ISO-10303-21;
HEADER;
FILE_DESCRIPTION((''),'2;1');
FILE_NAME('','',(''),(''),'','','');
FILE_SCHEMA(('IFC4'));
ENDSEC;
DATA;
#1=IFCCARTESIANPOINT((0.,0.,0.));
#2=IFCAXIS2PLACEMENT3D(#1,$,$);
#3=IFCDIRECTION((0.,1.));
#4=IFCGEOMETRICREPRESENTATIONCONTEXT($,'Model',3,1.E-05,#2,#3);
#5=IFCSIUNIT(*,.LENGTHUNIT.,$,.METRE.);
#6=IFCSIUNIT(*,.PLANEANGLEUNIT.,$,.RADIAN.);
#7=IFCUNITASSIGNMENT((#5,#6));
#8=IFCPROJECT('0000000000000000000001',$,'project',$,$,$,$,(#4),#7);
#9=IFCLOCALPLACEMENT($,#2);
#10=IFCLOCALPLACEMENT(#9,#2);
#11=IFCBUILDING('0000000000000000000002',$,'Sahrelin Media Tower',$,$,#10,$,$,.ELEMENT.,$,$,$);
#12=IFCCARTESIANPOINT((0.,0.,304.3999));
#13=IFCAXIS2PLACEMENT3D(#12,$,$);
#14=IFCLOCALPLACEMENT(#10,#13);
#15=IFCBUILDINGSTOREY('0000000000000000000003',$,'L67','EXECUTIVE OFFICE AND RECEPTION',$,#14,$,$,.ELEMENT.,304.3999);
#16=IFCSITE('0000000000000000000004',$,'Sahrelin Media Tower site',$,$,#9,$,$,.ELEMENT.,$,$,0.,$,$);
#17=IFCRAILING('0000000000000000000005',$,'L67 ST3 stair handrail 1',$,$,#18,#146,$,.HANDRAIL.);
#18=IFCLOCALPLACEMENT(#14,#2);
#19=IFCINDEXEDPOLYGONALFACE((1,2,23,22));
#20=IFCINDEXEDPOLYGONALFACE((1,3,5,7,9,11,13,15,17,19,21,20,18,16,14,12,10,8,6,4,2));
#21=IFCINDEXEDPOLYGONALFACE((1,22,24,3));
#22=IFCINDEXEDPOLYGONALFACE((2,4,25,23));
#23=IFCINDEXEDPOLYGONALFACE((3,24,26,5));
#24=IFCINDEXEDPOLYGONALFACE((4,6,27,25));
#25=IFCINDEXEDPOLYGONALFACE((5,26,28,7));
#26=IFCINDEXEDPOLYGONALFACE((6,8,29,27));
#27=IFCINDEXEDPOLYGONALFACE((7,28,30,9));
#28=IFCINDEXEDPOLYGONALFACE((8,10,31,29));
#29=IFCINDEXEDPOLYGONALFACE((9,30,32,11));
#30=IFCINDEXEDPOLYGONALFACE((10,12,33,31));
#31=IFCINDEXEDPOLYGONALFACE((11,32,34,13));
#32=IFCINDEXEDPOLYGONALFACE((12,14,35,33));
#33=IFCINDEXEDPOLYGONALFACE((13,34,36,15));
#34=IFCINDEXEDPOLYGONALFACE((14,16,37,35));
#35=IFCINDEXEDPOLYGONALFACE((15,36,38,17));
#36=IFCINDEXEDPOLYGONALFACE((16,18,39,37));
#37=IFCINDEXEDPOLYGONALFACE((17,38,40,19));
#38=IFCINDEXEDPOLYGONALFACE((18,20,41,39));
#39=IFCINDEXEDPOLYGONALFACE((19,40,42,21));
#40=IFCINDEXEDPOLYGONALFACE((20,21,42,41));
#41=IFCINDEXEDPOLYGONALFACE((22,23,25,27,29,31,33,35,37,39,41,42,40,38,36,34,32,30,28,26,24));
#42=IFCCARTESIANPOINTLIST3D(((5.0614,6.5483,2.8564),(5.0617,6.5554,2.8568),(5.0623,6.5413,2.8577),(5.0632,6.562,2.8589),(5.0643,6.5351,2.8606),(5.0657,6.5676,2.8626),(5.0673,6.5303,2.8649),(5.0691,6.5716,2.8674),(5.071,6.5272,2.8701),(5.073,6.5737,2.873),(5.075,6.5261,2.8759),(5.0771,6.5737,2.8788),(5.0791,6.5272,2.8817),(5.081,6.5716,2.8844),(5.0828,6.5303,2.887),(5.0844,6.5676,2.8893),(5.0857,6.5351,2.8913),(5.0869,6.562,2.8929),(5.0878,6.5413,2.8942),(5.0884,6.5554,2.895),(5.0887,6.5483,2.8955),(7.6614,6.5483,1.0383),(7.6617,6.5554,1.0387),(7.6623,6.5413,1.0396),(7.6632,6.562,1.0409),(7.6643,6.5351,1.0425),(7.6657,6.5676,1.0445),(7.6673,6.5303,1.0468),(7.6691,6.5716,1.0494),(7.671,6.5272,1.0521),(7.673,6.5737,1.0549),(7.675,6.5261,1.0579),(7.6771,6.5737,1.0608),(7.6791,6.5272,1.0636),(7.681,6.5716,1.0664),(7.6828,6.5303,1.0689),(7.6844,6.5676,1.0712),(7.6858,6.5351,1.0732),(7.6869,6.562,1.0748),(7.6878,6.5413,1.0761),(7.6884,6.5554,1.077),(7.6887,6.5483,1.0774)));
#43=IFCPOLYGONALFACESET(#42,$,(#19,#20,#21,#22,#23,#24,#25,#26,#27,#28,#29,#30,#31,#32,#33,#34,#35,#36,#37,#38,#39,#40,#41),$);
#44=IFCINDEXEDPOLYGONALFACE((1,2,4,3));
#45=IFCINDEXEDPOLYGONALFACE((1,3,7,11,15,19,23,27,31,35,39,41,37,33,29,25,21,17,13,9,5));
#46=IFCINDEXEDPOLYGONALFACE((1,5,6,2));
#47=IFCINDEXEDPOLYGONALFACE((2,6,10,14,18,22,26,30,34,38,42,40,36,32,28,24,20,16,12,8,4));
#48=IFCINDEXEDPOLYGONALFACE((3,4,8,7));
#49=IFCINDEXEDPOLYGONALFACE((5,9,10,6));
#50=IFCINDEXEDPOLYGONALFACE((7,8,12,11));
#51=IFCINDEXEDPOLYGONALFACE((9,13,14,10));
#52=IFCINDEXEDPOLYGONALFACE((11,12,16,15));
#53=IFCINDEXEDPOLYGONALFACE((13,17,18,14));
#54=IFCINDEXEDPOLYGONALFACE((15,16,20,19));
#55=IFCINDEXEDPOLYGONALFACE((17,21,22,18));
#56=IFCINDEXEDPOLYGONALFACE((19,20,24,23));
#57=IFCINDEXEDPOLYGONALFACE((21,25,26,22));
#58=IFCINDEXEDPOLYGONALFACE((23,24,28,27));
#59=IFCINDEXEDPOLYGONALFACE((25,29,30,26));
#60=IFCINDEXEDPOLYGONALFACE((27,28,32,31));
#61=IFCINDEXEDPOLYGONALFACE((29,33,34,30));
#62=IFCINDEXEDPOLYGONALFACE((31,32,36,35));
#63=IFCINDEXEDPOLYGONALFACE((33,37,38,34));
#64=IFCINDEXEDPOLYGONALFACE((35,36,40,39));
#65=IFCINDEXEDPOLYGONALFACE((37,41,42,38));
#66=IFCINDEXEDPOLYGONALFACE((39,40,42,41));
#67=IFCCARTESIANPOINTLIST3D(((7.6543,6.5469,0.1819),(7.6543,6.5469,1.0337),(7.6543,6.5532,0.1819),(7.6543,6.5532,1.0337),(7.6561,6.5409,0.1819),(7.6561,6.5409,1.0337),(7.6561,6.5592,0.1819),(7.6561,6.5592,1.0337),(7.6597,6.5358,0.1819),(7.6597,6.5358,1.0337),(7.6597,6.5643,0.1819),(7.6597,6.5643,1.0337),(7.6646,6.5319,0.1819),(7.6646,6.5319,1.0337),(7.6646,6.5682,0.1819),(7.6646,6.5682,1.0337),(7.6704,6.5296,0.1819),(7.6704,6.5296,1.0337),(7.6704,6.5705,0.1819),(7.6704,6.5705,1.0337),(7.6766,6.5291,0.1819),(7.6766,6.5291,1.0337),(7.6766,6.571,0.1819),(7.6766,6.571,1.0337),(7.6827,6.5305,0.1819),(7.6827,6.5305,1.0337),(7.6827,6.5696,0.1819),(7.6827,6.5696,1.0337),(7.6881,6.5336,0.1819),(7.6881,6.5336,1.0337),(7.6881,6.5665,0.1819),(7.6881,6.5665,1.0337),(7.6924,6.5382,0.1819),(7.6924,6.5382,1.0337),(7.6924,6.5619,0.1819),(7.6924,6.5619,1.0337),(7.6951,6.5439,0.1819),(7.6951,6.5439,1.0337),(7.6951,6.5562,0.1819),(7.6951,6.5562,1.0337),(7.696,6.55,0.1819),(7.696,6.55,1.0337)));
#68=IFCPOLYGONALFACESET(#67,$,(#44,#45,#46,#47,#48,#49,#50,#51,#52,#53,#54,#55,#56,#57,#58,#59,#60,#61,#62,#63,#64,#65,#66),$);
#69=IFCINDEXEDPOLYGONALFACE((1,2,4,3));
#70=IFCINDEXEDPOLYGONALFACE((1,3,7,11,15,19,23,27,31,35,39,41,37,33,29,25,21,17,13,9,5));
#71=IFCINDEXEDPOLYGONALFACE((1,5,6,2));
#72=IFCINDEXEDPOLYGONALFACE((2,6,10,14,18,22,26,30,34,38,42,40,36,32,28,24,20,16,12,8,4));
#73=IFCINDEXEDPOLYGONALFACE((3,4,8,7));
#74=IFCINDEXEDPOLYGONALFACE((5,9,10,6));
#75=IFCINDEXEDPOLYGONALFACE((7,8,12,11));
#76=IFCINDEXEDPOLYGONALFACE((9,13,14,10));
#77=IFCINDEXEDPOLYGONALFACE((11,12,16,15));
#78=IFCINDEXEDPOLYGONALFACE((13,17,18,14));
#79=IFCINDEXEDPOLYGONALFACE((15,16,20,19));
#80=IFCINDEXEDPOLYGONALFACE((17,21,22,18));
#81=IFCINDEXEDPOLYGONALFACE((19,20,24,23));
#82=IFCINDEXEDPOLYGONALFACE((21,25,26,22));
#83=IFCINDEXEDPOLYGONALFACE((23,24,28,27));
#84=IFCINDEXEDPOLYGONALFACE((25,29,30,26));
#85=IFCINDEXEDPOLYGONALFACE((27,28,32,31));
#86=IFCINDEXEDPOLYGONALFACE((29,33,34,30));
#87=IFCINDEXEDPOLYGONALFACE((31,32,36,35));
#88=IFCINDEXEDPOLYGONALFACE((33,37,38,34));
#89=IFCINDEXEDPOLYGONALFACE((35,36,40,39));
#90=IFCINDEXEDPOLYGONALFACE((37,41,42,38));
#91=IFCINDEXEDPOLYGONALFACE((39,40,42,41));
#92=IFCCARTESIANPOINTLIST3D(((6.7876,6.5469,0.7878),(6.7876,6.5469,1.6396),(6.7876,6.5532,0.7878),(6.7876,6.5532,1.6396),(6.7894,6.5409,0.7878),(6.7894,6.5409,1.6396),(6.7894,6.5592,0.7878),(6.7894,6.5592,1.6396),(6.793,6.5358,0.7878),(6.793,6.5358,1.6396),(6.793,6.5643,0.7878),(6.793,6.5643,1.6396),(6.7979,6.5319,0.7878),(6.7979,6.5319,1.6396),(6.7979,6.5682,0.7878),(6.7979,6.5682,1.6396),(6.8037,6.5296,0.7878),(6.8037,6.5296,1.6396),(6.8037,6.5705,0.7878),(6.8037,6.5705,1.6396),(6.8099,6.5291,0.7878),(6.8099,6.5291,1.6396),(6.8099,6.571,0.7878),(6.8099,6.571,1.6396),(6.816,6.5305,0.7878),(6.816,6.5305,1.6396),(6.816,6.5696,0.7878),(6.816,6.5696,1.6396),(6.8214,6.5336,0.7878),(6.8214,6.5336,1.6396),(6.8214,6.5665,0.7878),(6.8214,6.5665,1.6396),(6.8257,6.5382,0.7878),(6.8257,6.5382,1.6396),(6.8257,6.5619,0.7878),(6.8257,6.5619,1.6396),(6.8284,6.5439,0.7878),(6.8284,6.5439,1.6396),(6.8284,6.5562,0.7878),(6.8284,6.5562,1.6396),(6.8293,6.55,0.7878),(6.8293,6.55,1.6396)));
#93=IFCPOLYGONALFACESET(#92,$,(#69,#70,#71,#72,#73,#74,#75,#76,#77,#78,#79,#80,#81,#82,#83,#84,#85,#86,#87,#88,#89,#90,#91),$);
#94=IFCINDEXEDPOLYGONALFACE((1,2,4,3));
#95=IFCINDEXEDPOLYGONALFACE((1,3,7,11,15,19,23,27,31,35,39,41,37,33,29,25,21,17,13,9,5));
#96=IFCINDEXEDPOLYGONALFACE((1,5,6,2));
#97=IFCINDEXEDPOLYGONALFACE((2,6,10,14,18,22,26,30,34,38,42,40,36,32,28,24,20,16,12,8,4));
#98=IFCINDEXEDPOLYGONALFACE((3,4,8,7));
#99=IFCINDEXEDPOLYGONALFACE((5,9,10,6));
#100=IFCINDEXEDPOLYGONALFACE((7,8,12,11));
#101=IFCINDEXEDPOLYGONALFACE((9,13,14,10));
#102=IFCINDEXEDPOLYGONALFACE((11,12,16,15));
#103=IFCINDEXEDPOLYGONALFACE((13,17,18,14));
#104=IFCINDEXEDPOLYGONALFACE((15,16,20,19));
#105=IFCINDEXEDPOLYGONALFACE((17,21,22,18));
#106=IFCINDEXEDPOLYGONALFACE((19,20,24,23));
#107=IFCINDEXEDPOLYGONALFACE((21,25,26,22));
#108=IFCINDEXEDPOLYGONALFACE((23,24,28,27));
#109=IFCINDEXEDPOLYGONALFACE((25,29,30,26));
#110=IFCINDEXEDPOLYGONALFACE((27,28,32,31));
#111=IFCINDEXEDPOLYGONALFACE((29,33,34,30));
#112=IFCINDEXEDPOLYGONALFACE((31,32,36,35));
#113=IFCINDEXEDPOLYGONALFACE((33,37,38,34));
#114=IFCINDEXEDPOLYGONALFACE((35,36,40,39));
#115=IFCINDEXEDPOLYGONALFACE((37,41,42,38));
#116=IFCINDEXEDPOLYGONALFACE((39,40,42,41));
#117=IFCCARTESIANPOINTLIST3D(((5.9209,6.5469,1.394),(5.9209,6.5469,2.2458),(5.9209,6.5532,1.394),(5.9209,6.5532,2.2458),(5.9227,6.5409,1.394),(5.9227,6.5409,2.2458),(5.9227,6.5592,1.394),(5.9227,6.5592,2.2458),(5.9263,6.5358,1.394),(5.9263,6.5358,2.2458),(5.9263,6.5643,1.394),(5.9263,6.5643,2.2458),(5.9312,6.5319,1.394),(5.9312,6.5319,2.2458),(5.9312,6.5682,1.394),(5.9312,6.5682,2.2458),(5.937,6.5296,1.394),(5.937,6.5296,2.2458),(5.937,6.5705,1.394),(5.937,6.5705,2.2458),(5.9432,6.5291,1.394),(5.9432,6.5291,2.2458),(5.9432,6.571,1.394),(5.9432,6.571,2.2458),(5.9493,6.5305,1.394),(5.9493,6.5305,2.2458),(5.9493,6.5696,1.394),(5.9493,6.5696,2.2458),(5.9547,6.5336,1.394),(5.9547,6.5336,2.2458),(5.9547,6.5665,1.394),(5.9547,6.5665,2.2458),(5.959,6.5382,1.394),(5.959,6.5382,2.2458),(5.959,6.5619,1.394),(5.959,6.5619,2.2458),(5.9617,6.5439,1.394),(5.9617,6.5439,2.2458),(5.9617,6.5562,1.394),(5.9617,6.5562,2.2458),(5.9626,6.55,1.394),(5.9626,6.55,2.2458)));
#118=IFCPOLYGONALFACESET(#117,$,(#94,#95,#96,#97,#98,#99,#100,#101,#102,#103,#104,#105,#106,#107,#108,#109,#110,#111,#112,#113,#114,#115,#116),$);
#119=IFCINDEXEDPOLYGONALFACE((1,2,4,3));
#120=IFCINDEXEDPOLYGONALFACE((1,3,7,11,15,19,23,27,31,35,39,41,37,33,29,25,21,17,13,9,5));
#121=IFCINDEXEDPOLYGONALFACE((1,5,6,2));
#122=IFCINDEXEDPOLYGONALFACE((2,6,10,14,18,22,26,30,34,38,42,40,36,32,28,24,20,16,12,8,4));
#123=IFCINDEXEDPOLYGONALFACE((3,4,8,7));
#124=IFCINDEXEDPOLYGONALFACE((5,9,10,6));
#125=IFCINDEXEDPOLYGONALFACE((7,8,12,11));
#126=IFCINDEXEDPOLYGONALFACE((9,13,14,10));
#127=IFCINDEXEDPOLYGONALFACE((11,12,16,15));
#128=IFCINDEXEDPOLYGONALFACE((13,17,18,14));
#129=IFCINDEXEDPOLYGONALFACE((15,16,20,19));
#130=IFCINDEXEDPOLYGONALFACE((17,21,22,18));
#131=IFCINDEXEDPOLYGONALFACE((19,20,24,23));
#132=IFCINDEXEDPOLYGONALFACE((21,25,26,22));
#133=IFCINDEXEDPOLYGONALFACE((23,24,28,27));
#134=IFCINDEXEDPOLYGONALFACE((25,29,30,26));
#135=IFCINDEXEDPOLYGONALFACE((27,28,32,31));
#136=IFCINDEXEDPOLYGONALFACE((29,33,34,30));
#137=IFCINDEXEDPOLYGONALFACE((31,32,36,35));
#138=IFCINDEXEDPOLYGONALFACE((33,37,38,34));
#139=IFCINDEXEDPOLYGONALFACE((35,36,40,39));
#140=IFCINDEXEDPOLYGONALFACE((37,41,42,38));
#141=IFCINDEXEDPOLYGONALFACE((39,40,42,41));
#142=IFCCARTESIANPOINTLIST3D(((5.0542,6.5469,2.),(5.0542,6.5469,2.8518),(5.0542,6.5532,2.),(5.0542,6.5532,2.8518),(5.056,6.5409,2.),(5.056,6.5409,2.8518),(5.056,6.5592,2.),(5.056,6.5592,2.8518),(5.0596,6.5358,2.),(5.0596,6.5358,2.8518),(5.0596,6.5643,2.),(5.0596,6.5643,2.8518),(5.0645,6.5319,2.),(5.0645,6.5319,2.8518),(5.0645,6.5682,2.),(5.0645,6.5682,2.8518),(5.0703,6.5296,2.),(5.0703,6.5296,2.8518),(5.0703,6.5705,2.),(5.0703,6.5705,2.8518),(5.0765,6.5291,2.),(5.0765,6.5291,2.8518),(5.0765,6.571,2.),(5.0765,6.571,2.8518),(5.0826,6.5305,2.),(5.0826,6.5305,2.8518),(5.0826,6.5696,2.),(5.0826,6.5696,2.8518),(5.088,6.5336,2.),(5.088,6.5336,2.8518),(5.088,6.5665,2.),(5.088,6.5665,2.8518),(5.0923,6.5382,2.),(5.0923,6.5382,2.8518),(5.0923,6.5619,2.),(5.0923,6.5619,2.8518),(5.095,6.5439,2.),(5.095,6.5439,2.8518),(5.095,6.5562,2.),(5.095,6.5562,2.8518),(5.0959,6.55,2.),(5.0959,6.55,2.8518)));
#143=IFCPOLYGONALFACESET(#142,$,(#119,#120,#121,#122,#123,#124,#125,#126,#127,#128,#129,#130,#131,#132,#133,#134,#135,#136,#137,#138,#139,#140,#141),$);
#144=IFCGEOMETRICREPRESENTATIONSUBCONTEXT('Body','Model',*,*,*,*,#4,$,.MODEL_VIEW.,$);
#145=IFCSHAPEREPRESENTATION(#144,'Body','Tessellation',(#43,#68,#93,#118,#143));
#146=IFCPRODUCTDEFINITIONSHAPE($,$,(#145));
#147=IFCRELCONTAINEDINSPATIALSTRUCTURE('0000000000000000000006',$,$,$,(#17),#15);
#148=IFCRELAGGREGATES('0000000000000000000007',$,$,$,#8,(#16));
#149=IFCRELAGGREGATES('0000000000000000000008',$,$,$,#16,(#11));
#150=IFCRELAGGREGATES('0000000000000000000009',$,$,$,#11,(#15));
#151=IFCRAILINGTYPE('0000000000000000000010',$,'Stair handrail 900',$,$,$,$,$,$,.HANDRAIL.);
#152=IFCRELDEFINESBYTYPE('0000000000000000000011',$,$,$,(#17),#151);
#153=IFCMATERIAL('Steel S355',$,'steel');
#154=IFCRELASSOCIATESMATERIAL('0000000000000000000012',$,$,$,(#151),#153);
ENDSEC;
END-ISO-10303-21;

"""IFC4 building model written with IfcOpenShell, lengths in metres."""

from ifc_helpers import new_model, si_unit, direction, frame, origin, origin_2d, place, context, subcontext, project, spatial, circle, extrude, material, type_object, element, save


model = new_model("IFC4")

# Units and contexts
model_context = context("Model", 3, precision=1e-05, world=origin(), true_north=direction((0.0, 1.0)))
body_context = subcontext(model_context, "Body", "Model", "MODEL_VIEW")
ifc_project = project(units=[si_unit("LENGTHUNIT", "METRE"), si_unit("PLANEANGLEUNIT", "RADIAN")], contexts=[model_context])

# Site, building, storey
site_placement = place(None, origin())
site = spatial("IfcSite", under=ifc_project, at=site_placement, Name="Sahrelin Media Tower site", CompositionType="ELEMENT", RefElevation=0.0)
building_placement = place(site_placement, origin())
building = spatial("IfcBuilding", under=site, at=building_placement, Name="Sahrelin Media Tower", CompositionType="ELEMENT")
storey_placement = place(building_placement, frame((0.0, 0.0, 304.3999)))
storey = spatial("IfcBuildingStorey", under=building, at=storey_placement, Name="L67", Description="EXECUTIVE OFFICE AND RECEPTION", CompositionType="ELEMENT", Elevation=304.3999)

# Shared definitions
ifc_material_1 = material(Name="Steel S355", Category="steel")

# Railing
railing_type_1 = type_object("IfcRailingType", Name="Stair handrail 900", PredefinedType="HANDRAIL", material=ifc_material_1)
railing_1_placement = place(storey_placement, frame((7.675, 6.55, 0.1819)))
element("IfcRailing", 1, at=railing_1_placement, inside=storey, type_object=railing_type_1, Name="L67 ST3 stair handrail 1", PredefinedType="HANDRAIL", context=body_context, shape_type="SweptSolid", body=[
    extrude(circle(Radius=0.0239, at=origin_2d()), frame((0.0, 0.0, 0.876), z_axis=(-0.819521, 0.0, 0.573049), x_axis=(0.0, -1.0, 0.0)), (0.0, 0.0, 1.0), 3.1726),
    extrude(circle(Radius=0.021, at=origin_2d()), origin(), (0.0, 0.0, 1.0), 0.8518),
    extrude(circle(Radius=0.021, at=origin_2d()), frame((-0.8667, 0.0, 0.606)), (0.0, 0.0, 1.0), 0.8518),
    extrude(circle(Radius=0.021, at=origin_2d()), frame((-1.7334, 0.0, 1.2122)), (0.0, 0.0, 1.0), 0.8518),
    extrude(circle(Radius=0.021, at=origin_2d()), frame((-2.6001, 0.0, 1.8181)), (0.0, 0.0, 1.0), 0.8518),
])

save(model, "model.ifc")
